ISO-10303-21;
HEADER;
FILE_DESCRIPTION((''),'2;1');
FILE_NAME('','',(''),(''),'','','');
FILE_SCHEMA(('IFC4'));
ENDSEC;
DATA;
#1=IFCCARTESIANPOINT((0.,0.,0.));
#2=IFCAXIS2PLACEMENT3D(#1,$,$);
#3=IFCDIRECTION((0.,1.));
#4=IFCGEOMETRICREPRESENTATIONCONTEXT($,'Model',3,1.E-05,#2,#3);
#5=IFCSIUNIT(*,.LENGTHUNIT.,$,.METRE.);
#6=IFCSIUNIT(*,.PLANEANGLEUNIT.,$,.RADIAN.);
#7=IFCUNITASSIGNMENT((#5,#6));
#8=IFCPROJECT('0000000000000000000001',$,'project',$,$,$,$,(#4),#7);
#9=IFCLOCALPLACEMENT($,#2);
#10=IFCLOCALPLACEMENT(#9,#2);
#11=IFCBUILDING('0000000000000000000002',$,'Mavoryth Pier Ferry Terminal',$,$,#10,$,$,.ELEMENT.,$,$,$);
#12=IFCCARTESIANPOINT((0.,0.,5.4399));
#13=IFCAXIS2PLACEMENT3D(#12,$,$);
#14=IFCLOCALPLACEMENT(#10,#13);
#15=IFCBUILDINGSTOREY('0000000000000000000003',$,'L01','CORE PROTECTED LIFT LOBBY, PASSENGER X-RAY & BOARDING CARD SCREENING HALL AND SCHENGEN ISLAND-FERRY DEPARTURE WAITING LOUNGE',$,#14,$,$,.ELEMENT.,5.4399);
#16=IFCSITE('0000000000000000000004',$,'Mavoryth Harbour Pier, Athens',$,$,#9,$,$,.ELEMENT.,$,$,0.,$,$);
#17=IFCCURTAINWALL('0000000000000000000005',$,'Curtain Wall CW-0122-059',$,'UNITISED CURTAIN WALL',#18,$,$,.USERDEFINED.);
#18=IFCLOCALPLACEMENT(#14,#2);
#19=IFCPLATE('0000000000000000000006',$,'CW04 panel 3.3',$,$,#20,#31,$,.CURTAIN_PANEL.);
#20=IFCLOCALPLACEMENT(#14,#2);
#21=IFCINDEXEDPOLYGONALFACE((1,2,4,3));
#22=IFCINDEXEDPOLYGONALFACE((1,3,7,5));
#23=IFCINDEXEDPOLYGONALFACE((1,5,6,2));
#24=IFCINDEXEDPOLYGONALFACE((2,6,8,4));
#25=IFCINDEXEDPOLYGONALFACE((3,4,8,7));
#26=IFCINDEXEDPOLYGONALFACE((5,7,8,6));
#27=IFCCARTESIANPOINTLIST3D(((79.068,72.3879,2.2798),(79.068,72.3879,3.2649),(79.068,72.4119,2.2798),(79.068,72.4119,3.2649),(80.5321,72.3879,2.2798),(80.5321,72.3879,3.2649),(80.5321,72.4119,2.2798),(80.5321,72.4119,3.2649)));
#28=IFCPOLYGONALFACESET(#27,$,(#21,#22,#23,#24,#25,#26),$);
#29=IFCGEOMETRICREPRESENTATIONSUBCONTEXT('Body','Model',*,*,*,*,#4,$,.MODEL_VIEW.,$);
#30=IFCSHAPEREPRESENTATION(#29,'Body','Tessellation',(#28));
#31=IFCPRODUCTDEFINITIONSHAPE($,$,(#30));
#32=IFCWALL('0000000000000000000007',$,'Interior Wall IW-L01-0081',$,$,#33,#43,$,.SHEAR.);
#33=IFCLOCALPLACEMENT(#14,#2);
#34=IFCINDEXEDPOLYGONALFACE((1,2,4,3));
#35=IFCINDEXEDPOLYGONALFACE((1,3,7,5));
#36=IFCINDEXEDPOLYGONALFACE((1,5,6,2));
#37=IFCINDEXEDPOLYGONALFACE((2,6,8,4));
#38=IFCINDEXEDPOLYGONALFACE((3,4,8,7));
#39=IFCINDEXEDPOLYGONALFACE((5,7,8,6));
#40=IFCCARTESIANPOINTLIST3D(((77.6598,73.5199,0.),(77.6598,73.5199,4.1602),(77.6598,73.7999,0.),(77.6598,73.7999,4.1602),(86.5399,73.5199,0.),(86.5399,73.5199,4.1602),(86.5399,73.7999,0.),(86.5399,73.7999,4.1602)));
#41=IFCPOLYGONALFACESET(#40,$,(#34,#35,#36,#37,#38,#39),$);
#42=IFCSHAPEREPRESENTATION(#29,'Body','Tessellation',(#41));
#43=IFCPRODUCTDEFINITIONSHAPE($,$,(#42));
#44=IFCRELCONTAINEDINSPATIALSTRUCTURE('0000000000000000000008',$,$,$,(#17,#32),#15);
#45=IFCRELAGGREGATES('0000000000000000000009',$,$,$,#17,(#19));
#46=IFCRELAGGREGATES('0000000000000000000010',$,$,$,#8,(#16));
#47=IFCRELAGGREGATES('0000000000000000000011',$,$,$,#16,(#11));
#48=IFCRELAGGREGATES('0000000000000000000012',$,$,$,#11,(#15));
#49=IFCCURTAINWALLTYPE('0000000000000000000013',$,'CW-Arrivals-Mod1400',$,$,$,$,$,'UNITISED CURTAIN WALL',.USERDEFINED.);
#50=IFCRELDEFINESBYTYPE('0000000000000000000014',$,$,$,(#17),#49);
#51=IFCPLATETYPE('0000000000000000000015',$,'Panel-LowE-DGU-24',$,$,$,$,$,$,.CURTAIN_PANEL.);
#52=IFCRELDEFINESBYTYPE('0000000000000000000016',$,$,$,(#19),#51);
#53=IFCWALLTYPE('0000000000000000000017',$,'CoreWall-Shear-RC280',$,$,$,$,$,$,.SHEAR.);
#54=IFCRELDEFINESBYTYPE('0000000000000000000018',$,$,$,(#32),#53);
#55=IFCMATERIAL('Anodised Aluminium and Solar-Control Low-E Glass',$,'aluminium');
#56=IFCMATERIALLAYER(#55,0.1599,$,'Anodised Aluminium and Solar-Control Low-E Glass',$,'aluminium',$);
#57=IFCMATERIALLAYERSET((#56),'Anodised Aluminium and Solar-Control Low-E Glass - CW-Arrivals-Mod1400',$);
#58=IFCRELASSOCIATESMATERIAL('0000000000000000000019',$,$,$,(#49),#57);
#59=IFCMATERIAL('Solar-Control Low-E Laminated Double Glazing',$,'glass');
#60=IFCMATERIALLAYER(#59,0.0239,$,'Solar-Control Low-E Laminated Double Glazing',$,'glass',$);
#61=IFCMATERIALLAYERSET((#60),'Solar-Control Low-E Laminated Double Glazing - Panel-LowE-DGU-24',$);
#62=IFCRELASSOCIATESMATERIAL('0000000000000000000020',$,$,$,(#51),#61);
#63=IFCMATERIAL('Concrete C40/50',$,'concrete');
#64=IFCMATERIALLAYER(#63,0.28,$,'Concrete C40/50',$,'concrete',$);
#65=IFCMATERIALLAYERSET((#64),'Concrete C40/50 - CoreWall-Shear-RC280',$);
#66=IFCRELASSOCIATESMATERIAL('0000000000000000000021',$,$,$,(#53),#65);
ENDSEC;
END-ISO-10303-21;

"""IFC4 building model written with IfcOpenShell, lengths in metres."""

from ifc_helpers import new_model, si_unit, direction, frame, frame_2d, origin, origin_2d, place, context, subcontext, project, spatial, rectangle, extrude, material, layer, layer_set, type_object, element, aggregate, save


model = new_model("IFC4")

# Units and contexts
model_context = context("Model", 3, precision=1e-05, world=origin(), true_north=direction((0.0, 1.0)))
body_context = subcontext(model_context, "Body", "Model", "MODEL_VIEW")
ifc_project = project(units=[si_unit("LENGTHUNIT", "METRE"), si_unit("PLANEANGLEUNIT", "RADIAN")], contexts=[model_context])

# Site, building, storey
site_placement = place(None, origin())
site = spatial("IfcSite", under=ifc_project, at=site_placement, Name="Mavoryth Harbour Pier, Athens", CompositionType="ELEMENT", RefElevation=0.0)
building_placement = place(site_placement, origin())
building = spatial("IfcBuilding", under=site, at=building_placement, Name="Mavoryth Pier Ferry Terminal", CompositionType="ELEMENT")
storey_placement = place(building_placement, frame((0.0, 0.0, 5.4399)))
storey = spatial("IfcBuildingStorey", under=building, at=storey_placement, Name="L01", Description="CORE PROTECTED LIFT LOBBY, PASSENGER X-RAY & BOARDING CARD SCREENING HALL AND SCHENGEN ISLAND-FERRY DEPARTURE WAITING LOUNGE", CompositionType="ELEMENT", Elevation=5.4399)

# Shared definitions
ifc_material_1 = material(Name="Concrete C40/50", Category="concrete")

# Shared definitions
ifc_material_2 = material(Name="Anodised Aluminium and Solar-Control Low-E Glass", Category="aluminium")
ifc_layer_1 = layer(ifc_material_2, 0.1599, Name="Anodised Aluminium and Solar-Control Low-E Glass", Category="aluminium")
ifc_layer_set_1 = layer_set([ifc_layer_1], Name="Anodised Aluminium and Solar-Control Low-E Glass - CW-Arrivals-Mod1400")
curtain_wall_type = type_object("IfcCurtainWallType", Name="CW-Arrivals-Mod1400", ElementType="UNITISED CURTAIN WALL", PredefinedType="USERDEFINED", material=ifc_layer_set_1)

# Curtain wall
curtain_wall_1_placement = place(storey_placement, origin())
curtain_wall_1 = element("IfcCurtainWall", 1, at=curtain_wall_1_placement, inside=storey, type_object=curtain_wall_type, Name="Curtain Wall CW-0122-059", ObjectType="UNITISED CURTAIN WALL", PredefinedType="USERDEFINED")

# Plate
ifc_material_3 = material(Name="Solar-Control Low-E Laminated Double Glazing", Category="glass")
ifc_layer_2 = layer(ifc_material_3, 0.0239, Name="Solar-Control Low-E Laminated Double Glazing", Category="glass")
ifc_layer_set_2 = layer_set([ifc_layer_2], Name="Solar-Control Low-E Laminated Double Glazing - Panel-LowE-DGU-24")
plate_type = type_object("IfcPlateType", Name="Panel-LowE-DGU-24", PredefinedType="CURTAIN_PANEL", material=ifc_layer_set_2)
plate_1_placement = place(storey_placement, frame((79.8, 72.3999, 2.2798), z_axis=(0.0, 0.0, 1.0), x_axis=(1.0, 0.0, 0.0)))
plate_1 = element("IfcPlate", 2, at=plate_1_placement, type_object=plate_type, Name="CW04 panel 3.3", PredefinedType="CURTAIN_PANEL", context=body_context, shape_type="SweptSolid", body=[
    extrude(rectangle(XDim=1.4641, YDim=0.0239, at=origin_2d()), origin(), (0.0, 0.0, 1.0), 0.9851),
])
aggregate(curtain_wall_1, [plate_1])

# Wall
ifc_layer_3 = layer(ifc_material_1, 0.28, Name="Concrete C40/50", Category="concrete")
ifc_layer_set_3 = layer_set([ifc_layer_3], Name="Concrete C40/50 - CoreWall-Shear-RC280")
wall_type = type_object("IfcWallType", Name="CoreWall-Shear-RC280", PredefinedType="SHEAR", material=ifc_layer_set_3)
wall_placement = place(storey_placement, frame((77.6599, 73.6599, 0.0), z_axis=(0.0, 0.0, 1.0), x_axis=(1.0, 0.0, 0.0)))
element("IfcWall", 3, at=wall_placement, inside=storey, type_object=wall_type, Name="Interior Wall IW-L01-0081", PredefinedType="SHEAR", context=body_context, shape_type="SweptSolid", body=[
    extrude(rectangle(XDim=8.8801, YDim=0.28, at=frame_2d((4.4399, 0.0))), origin(), (0.0, 0.0, 1.0), 4.1602),
])

save(model, "model.ifc")
